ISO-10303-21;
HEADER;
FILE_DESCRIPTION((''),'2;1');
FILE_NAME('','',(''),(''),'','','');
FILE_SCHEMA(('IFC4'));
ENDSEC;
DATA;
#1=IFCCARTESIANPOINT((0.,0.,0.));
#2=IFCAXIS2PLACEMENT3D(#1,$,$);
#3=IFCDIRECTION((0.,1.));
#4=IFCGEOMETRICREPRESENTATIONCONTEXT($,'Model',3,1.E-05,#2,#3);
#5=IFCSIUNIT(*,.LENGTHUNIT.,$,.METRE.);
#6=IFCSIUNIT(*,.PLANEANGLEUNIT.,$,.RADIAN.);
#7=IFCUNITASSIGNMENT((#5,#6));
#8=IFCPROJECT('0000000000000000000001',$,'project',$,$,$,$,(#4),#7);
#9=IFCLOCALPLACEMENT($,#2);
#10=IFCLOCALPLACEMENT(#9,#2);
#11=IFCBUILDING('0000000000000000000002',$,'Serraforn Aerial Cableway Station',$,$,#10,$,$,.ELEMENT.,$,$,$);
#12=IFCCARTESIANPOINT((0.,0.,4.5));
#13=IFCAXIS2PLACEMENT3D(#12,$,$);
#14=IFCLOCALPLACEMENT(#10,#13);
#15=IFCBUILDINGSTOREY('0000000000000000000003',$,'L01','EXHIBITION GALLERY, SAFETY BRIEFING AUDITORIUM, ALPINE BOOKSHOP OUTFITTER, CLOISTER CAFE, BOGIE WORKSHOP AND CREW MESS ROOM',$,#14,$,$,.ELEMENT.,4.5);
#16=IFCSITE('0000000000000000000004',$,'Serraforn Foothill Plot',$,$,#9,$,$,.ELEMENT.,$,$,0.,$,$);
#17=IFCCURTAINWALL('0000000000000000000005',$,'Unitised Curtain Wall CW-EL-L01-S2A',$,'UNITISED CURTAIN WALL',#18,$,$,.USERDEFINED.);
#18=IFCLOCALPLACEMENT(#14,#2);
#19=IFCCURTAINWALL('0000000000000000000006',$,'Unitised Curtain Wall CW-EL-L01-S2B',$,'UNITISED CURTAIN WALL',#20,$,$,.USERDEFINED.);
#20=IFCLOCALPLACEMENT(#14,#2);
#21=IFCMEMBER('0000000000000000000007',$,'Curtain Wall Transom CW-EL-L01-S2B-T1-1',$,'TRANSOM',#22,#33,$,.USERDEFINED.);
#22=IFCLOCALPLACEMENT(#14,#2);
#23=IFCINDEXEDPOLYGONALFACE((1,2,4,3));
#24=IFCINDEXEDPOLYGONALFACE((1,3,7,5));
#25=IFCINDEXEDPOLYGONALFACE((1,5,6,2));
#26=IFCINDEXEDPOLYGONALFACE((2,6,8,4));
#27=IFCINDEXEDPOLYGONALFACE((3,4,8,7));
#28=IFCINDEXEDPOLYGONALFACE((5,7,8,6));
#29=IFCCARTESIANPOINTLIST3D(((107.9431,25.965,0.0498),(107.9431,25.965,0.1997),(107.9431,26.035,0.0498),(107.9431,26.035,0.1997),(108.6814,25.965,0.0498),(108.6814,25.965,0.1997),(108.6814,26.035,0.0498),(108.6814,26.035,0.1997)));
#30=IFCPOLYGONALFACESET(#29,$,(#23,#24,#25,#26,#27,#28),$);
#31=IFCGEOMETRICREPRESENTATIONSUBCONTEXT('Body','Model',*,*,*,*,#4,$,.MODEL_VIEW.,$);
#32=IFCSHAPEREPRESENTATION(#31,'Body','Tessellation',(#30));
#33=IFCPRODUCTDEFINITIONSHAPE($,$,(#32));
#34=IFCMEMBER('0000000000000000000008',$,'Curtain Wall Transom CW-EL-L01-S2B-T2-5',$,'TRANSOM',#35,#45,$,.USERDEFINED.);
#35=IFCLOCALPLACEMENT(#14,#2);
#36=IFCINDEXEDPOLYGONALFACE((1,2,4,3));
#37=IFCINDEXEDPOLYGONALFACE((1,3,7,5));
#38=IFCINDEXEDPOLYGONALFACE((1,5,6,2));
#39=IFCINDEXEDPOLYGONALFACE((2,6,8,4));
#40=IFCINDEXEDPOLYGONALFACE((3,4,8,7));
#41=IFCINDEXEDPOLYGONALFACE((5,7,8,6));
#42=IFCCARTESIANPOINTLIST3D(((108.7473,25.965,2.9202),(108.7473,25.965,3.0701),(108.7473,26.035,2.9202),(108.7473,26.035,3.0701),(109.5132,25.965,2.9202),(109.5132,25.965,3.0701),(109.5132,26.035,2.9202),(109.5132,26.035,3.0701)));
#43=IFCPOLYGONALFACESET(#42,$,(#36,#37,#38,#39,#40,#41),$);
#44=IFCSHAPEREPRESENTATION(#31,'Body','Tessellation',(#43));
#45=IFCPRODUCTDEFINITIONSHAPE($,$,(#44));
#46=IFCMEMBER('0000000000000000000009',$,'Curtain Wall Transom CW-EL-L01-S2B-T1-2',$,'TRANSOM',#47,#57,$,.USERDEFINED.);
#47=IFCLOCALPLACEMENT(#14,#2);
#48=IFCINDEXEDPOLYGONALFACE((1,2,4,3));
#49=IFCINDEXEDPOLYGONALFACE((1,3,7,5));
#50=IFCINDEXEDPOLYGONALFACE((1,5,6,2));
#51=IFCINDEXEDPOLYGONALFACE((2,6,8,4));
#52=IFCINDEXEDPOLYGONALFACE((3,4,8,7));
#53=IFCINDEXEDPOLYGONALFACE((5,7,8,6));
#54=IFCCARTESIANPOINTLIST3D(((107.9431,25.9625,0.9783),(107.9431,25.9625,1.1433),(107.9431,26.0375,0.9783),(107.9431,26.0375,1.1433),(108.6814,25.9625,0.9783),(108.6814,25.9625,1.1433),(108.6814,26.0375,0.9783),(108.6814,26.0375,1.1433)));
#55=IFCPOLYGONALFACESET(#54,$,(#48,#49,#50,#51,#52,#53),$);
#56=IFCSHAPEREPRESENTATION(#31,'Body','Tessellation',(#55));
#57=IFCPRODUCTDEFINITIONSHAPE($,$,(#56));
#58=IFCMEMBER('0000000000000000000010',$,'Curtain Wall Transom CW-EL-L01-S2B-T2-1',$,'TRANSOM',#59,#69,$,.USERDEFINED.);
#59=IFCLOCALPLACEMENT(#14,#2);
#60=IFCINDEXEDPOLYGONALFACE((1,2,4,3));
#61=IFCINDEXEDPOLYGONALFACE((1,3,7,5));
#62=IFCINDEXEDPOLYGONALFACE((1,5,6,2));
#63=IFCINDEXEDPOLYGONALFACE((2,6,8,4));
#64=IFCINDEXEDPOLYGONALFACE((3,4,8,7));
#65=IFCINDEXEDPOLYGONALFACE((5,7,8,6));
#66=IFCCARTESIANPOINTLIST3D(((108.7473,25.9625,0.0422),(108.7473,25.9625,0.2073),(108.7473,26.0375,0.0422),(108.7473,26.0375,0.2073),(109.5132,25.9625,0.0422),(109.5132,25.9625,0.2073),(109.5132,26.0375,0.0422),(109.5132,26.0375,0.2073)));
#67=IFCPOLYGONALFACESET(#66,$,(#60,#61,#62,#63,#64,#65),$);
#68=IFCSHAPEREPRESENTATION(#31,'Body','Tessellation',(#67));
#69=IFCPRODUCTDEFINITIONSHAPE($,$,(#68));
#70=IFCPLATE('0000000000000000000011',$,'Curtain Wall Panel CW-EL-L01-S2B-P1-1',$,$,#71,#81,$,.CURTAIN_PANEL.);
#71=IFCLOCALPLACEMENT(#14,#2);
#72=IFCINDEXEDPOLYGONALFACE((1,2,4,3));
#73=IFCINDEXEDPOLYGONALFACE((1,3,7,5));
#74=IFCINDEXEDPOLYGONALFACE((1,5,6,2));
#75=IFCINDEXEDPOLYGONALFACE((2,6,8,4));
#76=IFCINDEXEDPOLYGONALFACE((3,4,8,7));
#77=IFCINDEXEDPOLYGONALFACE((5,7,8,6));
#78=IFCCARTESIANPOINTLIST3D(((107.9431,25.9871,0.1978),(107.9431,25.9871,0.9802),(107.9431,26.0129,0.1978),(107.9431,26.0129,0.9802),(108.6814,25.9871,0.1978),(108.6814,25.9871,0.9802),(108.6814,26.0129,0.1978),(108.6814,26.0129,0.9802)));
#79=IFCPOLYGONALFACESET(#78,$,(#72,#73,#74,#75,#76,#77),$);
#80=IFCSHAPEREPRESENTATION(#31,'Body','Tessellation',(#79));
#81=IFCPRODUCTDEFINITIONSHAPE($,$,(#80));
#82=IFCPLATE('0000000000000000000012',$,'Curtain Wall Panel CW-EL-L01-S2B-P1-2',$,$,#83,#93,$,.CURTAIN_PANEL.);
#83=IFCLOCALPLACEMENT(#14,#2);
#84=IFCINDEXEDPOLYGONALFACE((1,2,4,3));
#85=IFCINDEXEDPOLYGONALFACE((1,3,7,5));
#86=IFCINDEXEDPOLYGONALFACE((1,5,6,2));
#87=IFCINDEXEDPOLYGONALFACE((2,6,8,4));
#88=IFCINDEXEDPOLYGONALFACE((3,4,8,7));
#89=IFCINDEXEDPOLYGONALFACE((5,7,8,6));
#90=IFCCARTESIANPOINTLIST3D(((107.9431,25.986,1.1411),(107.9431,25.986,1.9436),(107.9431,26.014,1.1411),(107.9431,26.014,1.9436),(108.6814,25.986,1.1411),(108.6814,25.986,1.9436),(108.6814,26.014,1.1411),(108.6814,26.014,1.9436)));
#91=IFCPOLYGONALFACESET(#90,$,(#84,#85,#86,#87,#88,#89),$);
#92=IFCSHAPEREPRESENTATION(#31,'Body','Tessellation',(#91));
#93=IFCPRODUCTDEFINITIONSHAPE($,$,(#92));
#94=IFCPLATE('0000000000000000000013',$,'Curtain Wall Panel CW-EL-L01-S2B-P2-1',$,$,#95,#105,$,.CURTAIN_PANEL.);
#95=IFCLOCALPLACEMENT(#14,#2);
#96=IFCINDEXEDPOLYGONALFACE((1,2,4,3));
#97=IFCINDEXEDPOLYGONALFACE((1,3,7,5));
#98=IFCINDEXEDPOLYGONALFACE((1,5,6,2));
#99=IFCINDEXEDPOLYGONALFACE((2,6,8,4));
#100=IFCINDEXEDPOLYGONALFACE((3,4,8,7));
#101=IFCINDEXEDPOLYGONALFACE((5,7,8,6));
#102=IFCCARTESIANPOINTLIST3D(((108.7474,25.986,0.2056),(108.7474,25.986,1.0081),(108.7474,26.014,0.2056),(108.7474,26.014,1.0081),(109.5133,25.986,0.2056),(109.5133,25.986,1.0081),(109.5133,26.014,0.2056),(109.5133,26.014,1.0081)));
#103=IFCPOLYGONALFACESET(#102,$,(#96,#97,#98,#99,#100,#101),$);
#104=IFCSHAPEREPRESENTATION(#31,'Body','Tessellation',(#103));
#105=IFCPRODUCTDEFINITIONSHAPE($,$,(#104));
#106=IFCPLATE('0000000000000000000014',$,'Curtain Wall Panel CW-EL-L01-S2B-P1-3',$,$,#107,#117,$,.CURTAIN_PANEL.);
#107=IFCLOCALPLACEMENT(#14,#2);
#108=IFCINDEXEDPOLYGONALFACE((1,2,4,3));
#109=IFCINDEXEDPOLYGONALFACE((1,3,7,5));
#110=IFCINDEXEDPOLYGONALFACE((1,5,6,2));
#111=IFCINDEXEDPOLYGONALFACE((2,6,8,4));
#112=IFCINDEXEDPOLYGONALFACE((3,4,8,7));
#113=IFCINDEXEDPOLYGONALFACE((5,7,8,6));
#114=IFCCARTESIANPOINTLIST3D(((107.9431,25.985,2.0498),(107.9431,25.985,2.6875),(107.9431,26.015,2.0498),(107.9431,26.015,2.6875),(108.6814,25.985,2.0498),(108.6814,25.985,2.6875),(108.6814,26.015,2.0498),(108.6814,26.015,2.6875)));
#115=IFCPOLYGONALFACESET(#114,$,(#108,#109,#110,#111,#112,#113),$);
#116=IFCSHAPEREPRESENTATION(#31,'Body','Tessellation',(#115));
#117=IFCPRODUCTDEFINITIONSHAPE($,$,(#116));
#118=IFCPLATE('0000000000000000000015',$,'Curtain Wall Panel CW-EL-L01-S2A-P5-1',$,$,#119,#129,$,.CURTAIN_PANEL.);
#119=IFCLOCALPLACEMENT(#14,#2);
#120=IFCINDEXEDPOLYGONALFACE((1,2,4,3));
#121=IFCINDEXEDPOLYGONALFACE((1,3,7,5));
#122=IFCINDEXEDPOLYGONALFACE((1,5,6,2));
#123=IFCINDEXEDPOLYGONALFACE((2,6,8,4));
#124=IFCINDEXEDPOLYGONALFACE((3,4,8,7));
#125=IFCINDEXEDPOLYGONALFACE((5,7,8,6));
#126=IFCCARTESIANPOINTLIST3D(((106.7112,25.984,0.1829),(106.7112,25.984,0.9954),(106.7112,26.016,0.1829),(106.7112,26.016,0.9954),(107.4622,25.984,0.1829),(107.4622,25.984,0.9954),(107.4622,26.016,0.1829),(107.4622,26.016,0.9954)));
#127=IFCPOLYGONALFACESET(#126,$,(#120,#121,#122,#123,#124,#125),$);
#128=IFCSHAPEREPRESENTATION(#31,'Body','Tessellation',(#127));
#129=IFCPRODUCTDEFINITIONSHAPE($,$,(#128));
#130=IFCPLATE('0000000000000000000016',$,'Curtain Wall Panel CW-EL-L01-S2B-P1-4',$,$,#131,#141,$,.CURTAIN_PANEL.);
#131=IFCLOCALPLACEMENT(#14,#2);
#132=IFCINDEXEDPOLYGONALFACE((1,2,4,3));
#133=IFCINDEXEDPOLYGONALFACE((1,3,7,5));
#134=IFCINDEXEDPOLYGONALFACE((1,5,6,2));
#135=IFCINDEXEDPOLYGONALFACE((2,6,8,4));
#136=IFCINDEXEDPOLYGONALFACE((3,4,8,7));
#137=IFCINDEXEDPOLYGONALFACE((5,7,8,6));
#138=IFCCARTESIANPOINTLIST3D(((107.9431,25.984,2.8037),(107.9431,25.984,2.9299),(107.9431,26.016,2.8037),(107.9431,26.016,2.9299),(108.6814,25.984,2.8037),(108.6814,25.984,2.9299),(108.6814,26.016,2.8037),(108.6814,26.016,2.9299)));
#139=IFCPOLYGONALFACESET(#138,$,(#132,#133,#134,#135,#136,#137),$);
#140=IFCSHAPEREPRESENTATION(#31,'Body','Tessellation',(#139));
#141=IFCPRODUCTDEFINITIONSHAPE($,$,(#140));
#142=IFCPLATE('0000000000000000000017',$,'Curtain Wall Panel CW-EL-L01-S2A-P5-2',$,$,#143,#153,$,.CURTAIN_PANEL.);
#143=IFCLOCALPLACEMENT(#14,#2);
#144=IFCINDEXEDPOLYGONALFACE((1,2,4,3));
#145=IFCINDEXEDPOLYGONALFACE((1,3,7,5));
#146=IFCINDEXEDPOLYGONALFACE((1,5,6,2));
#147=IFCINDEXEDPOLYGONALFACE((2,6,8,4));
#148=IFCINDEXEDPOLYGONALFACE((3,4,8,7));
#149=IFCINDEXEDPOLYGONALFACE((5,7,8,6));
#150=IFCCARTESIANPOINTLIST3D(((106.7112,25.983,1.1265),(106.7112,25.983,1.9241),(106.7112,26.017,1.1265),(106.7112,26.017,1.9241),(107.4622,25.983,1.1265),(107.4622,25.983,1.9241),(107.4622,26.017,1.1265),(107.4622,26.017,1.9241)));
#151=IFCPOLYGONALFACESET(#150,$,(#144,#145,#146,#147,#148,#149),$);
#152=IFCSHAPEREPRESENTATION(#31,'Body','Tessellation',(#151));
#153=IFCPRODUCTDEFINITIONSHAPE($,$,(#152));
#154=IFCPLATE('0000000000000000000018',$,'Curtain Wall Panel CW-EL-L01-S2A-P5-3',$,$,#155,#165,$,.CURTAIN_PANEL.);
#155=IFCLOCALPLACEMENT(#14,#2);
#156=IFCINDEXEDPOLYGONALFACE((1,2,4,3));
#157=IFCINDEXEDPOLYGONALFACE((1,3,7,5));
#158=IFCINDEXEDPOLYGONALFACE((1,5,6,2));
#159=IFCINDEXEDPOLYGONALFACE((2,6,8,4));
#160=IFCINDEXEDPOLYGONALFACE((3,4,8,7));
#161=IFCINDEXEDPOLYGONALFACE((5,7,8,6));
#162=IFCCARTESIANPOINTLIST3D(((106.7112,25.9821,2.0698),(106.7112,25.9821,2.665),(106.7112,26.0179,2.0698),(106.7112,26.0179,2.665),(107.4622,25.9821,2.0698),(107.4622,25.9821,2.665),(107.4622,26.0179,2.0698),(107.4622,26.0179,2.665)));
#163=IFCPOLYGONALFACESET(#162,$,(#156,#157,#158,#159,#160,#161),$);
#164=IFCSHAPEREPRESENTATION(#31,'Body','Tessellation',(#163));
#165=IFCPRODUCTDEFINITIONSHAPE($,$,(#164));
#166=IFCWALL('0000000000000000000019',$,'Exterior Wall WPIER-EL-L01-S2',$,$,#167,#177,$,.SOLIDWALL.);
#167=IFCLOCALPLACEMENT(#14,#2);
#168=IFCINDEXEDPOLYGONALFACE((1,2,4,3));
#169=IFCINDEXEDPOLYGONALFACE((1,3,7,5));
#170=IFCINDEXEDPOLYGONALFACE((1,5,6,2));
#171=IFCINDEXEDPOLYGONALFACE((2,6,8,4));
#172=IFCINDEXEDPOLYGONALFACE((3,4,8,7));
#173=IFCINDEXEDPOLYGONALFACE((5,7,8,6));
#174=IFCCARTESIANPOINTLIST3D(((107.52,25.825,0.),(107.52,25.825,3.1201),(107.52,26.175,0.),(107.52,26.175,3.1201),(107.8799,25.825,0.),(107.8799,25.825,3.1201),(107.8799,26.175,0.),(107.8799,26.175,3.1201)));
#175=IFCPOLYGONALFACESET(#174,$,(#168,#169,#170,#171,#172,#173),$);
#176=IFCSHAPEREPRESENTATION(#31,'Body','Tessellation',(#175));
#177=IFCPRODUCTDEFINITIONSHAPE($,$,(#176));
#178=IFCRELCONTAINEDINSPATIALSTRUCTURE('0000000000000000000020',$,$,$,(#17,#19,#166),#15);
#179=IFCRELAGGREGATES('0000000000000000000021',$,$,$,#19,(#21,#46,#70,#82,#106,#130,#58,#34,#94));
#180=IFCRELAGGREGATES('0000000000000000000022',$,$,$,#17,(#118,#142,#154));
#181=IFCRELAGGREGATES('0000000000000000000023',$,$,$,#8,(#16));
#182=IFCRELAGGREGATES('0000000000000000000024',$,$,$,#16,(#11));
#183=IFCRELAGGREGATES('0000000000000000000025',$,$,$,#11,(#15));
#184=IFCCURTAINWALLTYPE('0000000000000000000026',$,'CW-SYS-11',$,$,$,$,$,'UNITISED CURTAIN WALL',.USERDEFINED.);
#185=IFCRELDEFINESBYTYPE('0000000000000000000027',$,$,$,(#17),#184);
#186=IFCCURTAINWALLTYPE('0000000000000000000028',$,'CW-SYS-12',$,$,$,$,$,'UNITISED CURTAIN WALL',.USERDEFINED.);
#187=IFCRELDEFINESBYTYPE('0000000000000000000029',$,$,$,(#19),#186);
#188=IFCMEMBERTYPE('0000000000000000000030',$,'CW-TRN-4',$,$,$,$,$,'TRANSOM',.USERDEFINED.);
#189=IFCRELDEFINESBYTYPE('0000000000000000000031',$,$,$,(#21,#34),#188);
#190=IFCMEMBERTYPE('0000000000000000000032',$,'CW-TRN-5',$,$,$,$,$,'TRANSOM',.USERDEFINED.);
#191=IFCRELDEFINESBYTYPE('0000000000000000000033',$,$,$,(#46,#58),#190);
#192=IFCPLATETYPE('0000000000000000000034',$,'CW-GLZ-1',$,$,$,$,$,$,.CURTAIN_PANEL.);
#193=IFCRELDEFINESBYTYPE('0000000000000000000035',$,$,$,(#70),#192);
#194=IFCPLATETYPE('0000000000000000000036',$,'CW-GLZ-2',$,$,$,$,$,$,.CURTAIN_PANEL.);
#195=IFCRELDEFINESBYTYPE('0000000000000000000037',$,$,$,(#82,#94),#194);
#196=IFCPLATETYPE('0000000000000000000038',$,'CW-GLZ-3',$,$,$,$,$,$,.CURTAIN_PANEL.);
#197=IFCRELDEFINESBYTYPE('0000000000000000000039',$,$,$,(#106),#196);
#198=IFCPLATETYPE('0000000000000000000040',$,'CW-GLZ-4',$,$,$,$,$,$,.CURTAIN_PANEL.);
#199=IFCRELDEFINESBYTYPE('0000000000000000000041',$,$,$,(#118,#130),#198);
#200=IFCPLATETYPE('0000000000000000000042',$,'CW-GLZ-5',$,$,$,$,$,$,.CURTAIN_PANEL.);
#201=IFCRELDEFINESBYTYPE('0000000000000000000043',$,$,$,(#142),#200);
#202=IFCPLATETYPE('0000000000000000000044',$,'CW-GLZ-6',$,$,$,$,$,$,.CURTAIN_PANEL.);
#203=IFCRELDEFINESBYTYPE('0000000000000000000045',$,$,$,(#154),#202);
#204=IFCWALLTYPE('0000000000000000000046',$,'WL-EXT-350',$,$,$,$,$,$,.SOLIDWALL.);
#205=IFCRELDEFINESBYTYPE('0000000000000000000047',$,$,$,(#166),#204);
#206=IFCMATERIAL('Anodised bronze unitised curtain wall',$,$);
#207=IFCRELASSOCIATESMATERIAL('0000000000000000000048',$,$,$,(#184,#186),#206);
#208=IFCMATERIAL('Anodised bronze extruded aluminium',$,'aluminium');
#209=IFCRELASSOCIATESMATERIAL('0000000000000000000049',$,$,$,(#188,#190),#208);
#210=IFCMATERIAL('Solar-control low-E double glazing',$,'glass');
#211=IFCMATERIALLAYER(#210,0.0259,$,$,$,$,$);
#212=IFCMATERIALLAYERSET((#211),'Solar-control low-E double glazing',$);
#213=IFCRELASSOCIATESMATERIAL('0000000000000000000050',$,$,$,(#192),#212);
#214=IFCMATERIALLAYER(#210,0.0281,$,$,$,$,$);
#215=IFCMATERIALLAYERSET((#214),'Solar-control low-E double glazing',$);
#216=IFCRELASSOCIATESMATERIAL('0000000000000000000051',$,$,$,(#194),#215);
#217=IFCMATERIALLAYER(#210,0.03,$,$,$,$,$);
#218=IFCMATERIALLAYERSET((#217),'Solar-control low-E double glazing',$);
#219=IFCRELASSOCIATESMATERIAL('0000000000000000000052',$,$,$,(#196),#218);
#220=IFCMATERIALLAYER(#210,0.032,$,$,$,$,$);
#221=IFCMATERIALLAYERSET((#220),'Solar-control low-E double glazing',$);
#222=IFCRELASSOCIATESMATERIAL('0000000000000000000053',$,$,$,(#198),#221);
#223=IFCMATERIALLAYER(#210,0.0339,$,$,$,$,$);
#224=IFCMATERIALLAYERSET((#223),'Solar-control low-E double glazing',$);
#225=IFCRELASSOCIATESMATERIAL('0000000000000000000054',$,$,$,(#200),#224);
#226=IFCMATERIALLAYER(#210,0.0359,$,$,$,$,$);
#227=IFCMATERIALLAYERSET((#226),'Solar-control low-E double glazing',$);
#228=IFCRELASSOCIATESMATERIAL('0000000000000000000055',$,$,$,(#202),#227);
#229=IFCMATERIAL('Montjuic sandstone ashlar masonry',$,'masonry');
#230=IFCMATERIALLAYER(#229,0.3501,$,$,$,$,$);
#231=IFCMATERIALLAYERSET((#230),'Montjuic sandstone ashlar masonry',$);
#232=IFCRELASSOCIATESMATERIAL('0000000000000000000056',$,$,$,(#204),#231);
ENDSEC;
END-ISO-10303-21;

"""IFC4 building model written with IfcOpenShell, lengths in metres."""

from ifc_helpers import new_model, si_unit, direction, frame, frame_2d, origin, origin_2d, place, context, subcontext, project, spatial, rectangle, extrude, material, layer, layer_set, material_profile, profile_set, type_object, element, aggregate, save


model = new_model("IFC4")

# Units and contexts
model_context = context("Model", 3, precision=1e-05, world=origin(), true_north=direction((0.0, 1.0)))
body_context = subcontext(model_context, "Body", "Model", "MODEL_VIEW")
ifc_project = project(units=[si_unit("LENGTHUNIT", "METRE"), si_unit("PLANEANGLEUNIT", "RADIAN")], contexts=[model_context])

# Site, building, storey
site_placement = place(None, origin())
site = spatial("IfcSite", under=ifc_project, at=site_placement, Name="Serraforn Foothill Plot", CompositionType="ELEMENT", RefElevation=0.0)
building_placement = place(site_placement, origin())
building = spatial("IfcBuilding", under=site, at=building_placement, Name="Serraforn Aerial Cableway Station", CompositionType="ELEMENT")
storey_placement = place(building_placement, frame((0.0, 0.0, 4.5)))
storey = spatial("IfcBuildingStorey", under=building, at=storey_placement, Name="L01", Description="EXHIBITION GALLERY, SAFETY BRIEFING AUDITORIUM, ALPINE BOOKSHOP OUTFITTER, CLOISTER CAFE, BOGIE WORKSHOP AND CREW MESS ROOM", CompositionType="ELEMENT", Elevation=4.5)

# Curtain wall
ifc_material_1 = material(Name="Anodised bronze unitised curtain wall")
curtain_wall_type_1 = type_object("IfcCurtainWallType", Name="CW-SYS-11", ElementType="UNITISED CURTAIN WALL", PredefinedType="USERDEFINED", material=ifc_material_1)
curtain_wall_1_placement = place(storey_placement, origin())
curtain_wall_1 = element("IfcCurtainWall", 1, at=curtain_wall_1_placement, inside=storey, type_object=curtain_wall_type_1, Name="Unitised Curtain Wall CW-EL-L01-S2A", ObjectType="UNITISED CURTAIN WALL", PredefinedType="USERDEFINED")
ifc_material_2 = material(Name="Anodised bronze extruded aluminium", Category="aluminium")

# Curtain wall, members, plates
curtain_wall_type_2 = type_object("IfcCurtainWallType", Name="CW-SYS-12", ElementType="UNITISED CURTAIN WALL", PredefinedType="USERDEFINED", material=ifc_material_1)
curtain_wall_2_placement = place(storey_placement, origin())
curtain_wall_2 = element("IfcCurtainWall", 2, at=curtain_wall_2_placement, inside=storey, type_object=curtain_wall_type_2, Name="Unitised Curtain Wall CW-EL-L01-S2B", ObjectType="UNITISED CURTAIN WALL", PredefinedType="USERDEFINED")
ifc_material_profile_1 = material_profile(ifc_material_2, rectangle(XDim=0.0701, YDim=0.1499, at=origin_2d()), Name="CW TRANSOM 70x150")
ifc_profile_set_1 = profile_set([ifc_material_profile_1], Name="Anodised bronze extruded aluminium")
member_type_1 = type_object("IfcMemberType", Name="CW-TRN-4", ElementType="TRANSOM", PredefinedType="USERDEFINED", material=ifc_profile_set_1)
member_1_placement = place(storey_placement, frame((107.9431, 26.0, 0.1248), z_axis=(1.0, 0.0, 0.0), x_axis=(0.0, 1.0, 0.0)))
member_1 = element("IfcMember", 3, at=member_1_placement, type_object=member_type_1, Name="Curtain Wall Transom CW-EL-L01-S2B-T1-1", ObjectType="TRANSOM", PredefinedType="USERDEFINED", context=body_context, shape_type="SweptSolid", body=[
    extrude(rectangle(XDim=0.0701, YDim=0.1499, at=origin_2d()), origin(), (0.0, 0.0, 1.0), 0.7383),
])
member_2_placement = place(storey_placement, frame((108.7473, 26.0, 2.9951), z_axis=(1.0, 0.0, 0.0), x_axis=(0.0, 1.0, 0.0)))
member_2 = element("IfcMember", 4, at=member_2_placement, type_object=member_type_1, Name="Curtain Wall Transom CW-EL-L01-S2B-T2-5", ObjectType="TRANSOM", PredefinedType="USERDEFINED", context=body_context, shape_type="SweptSolid", body=[
    extrude(rectangle(XDim=0.0701, YDim=0.1499, at=origin_2d()), origin(), (0.0, 0.0, 1.0), 0.7659),
])
ifc_material_profile_2 = material_profile(ifc_material_2, rectangle(XDim=0.075, YDim=0.165, at=origin_2d()), Name="CW TRANSOM 75x165")
ifc_profile_set_2 = profile_set([ifc_material_profile_2], Name="Anodised bronze extruded aluminium")
member_type_2 = type_object("IfcMemberType", Name="CW-TRN-5", ElementType="TRANSOM", PredefinedType="USERDEFINED", material=ifc_profile_set_2)
member_3_placement = place(storey_placement, frame((107.9431, 26.0, 1.0608), z_axis=(1.0, 0.0, 0.0), x_axis=(0.0, 1.0, 0.0)))
member_3 = element("IfcMember", 5, at=member_3_placement, type_object=member_type_2, Name="Curtain Wall Transom CW-EL-L01-S2B-T1-2", ObjectType="TRANSOM", PredefinedType="USERDEFINED", context=body_context, shape_type="SweptSolid", body=[
    extrude(rectangle(XDim=0.075, YDim=0.165, at=origin_2d()), origin(), (0.0, 0.0, 1.0), 0.7383),
])
member_4_placement = place(storey_placement, frame((108.7473, 26.0, 0.1248), z_axis=(1.0, 0.0, 0.0), x_axis=(0.0, 1.0, 0.0)))
member_4 = element("IfcMember", 6, at=member_4_placement, type_object=member_type_2, Name="Curtain Wall Transom CW-EL-L01-S2B-T2-1", ObjectType="TRANSOM", PredefinedType="USERDEFINED", context=body_context, shape_type="SweptSolid", body=[
    extrude(rectangle(XDim=0.075, YDim=0.165, at=origin_2d()), origin(), (0.0, 0.0, 1.0), 0.7659),
])
ifc_material_3 = material(Name="Solar-control low-E double glazing", Category="glass")
ifc_layer_1 = layer(ifc_material_3, 0.0259)
ifc_layer_set_1 = layer_set([ifc_layer_1], Name="Solar-control low-E double glazing")
plate_type_1 = type_object("IfcPlateType", Name="CW-GLZ-1", PredefinedType="CURTAIN_PANEL", material=ifc_layer_set_1)
plate_1_placement = place(storey_placement, frame((108.3123, 26.0, 0.1978), z_axis=(0.0, 0.0, 1.0), x_axis=(1.0, 0.0, 0.0)))
plate_1 = element("IfcPlate", 7, at=plate_1_placement, type_object=plate_type_1, Name="Curtain Wall Panel CW-EL-L01-S2B-P1-1", PredefinedType="CURTAIN_PANEL", context=body_context, shape_type="SweptSolid", body=[
    extrude(rectangle(XDim=0.7383, YDim=0.0259, at=origin_2d()), origin(), (0.0, 0.0, 1.0), 0.7825),
])
ifc_layer_2 = layer(ifc_material_3, 0.0281)
ifc_layer_set_2 = layer_set([ifc_layer_2], Name="Solar-control low-E double glazing")
plate_type_2 = type_object("IfcPlateType", Name="CW-GLZ-2", PredefinedType="CURTAIN_PANEL", material=ifc_layer_set_2)
plate_2_placement = place(storey_placement, frame((108.3123, 26.0, 1.1411), z_axis=(0.0, 0.0, 1.0), x_axis=(1.0, 0.0, 0.0)))
plate_2 = element("IfcPlate", 8, at=plate_2_placement, type_object=plate_type_2, Name="Curtain Wall Panel CW-EL-L01-S2B-P1-2", PredefinedType="CURTAIN_PANEL", context=body_context, shape_type="SweptSolid", body=[
    extrude(rectangle(XDim=0.7383, YDim=0.0281, at=origin_2d()), origin(), (0.0, 0.0, 1.0), 0.8025),
])
plate_3_placement = place(storey_placement, frame((109.1304, 26.0, 0.2056), z_axis=(0.0, 0.0, 1.0), x_axis=(1.0, 0.0, 0.0)))
plate_3 = element("IfcPlate", 9, at=plate_3_placement, type_object=plate_type_2, Name="Curtain Wall Panel CW-EL-L01-S2B-P2-1", PredefinedType="CURTAIN_PANEL", context=body_context, shape_type="SweptSolid", body=[
    extrude(rectangle(XDim=0.7659, YDim=0.0281, at=origin_2d()), origin(), (0.0, 0.0, 1.0), 0.8025),
])
ifc_layer_3 = layer(ifc_material_3, 0.03)
ifc_layer_set_3 = layer_set([ifc_layer_3], Name="Solar-control low-E double glazing")
plate_type_3 = type_object("IfcPlateType", Name="CW-GLZ-3", PredefinedType="CURTAIN_PANEL", material=ifc_layer_set_3)
plate_4_placement = place(storey_placement, frame((108.3123, 26.0, 2.0498), z_axis=(0.0, 0.0, 1.0), x_axis=(1.0, 0.0, 0.0)))
plate_4 = element("IfcPlate", 10, at=plate_4_placement, type_object=plate_type_3, Name="Curtain Wall Panel CW-EL-L01-S2B-P1-3", PredefinedType="CURTAIN_PANEL", context=body_context, shape_type="SweptSolid", body=[
    extrude(rectangle(XDim=0.7383, YDim=0.03, at=origin_2d()), origin(), (0.0, 0.0, 1.0), 0.6377),
])

# Plates
ifc_layer_4 = layer(ifc_material_3, 0.032)
ifc_layer_set_4 = layer_set([ifc_layer_4], Name="Solar-control low-E double glazing")
plate_type_4 = type_object("IfcPlateType", Name="CW-GLZ-4", PredefinedType="CURTAIN_PANEL", material=ifc_layer_set_4)
plate_5_placement = place(storey_placement, frame((107.0867, 26.0, 0.1829), z_axis=(0.0, 0.0, 1.0), x_axis=(1.0, 0.0, 0.0)))
plate_5 = element("IfcPlate", 11, at=plate_5_placement, type_object=plate_type_4, Name="Curtain Wall Panel CW-EL-L01-S2A-P5-1", PredefinedType="CURTAIN_PANEL", context=body_context, shape_type="SweptSolid", body=[
    extrude(rectangle(XDim=0.751, YDim=0.032, at=origin_2d()), origin(), (0.0, 0.0, 1.0), 0.8125),
])
plate_6_placement = place(storey_placement, frame((108.3123, 26.0, 2.8037), z_axis=(0.0, 0.0, 1.0), x_axis=(1.0, 0.0, 0.0)))
plate_6 = element("IfcPlate", 12, at=plate_6_placement, type_object=plate_type_4, Name="Curtain Wall Panel CW-EL-L01-S2B-P1-4", PredefinedType="CURTAIN_PANEL", context=body_context, shape_type="SweptSolid", body=[
    extrude(rectangle(XDim=0.7383, YDim=0.032, at=origin_2d()), origin(), (0.0, 0.0, 1.0), 0.1262),
])
aggregate(curtain_wall_2, [member_1, member_3, plate_1, plate_2, plate_4, plate_6, member_4, member_2, plate_3])
ifc_layer_5 = layer(ifc_material_3, 0.0339)
ifc_layer_set_5 = layer_set([ifc_layer_5], Name="Solar-control low-E double glazing")
plate_type_5 = type_object("IfcPlateType", Name="CW-GLZ-5", PredefinedType="CURTAIN_PANEL", material=ifc_layer_set_5)
plate_7_placement = place(storey_placement, frame((107.0867, 26.0, 1.1265), z_axis=(0.0, 0.0, 1.0), x_axis=(1.0, 0.0, 0.0)))
plate_7 = element("IfcPlate", 13, at=plate_7_placement, type_object=plate_type_5, Name="Curtain Wall Panel CW-EL-L01-S2A-P5-2", PredefinedType="CURTAIN_PANEL", context=body_context, shape_type="SweptSolid", body=[
    extrude(rectangle(XDim=0.751, YDim=0.0339, at=origin_2d()), origin(), (0.0, 0.0, 1.0), 0.7976),
])
ifc_layer_6 = layer(ifc_material_3, 0.0359)
ifc_layer_set_6 = layer_set([ifc_layer_6], Name="Solar-control low-E double glazing")
plate_type_6 = type_object("IfcPlateType", Name="CW-GLZ-6", PredefinedType="CURTAIN_PANEL", material=ifc_layer_set_6)
plate_8_placement = place(storey_placement, frame((107.0867, 26.0, 2.0698), z_axis=(0.0, 0.0, 1.0), x_axis=(1.0, 0.0, 0.0)))
plate_8 = element("IfcPlate", 14, at=plate_8_placement, type_object=plate_type_6, Name="Curtain Wall Panel CW-EL-L01-S2A-P5-3", PredefinedType="CURTAIN_PANEL", context=body_context, shape_type="SweptSolid", body=[
    extrude(rectangle(XDim=0.751, YDim=0.0359, at=origin_2d()), origin(), (0.0, 0.0, 1.0), 0.5952),
])
aggregate(curtain_wall_1, [plate_5, plate_7, plate_8])

# Wall
ifc_material_4 = material(Name="Montjuic sandstone ashlar masonry", Category="masonry")
ifc_layer_7 = layer(ifc_material_4, 0.3501)
ifc_layer_set_7 = layer_set([ifc_layer_7], Name="Montjuic sandstone ashlar masonry")
wall_type = type_object("IfcWallType", Name="WL-EXT-350", PredefinedType="SOLIDWALL", material=ifc_layer_set_7)
wall_placement = place(storey_placement, frame((107.52, 26.0, 0.0), z_axis=(0.0, 0.0, 1.0), x_axis=(1.0, 0.0, 0.0)))
element("IfcWall", 15, at=wall_placement, inside=storey, type_object=wall_type, Name="Exterior Wall WPIER-EL-L01-S2", PredefinedType="SOLIDWALL", context=body_context, shape_type="SweptSolid", body=[
    extrude(rectangle(XDim=0.3599, YDim=0.3501, at=frame_2d((0.1799, 0.0))), origin(), (0.0, 0.0, 1.0), 3.1201),
])

save(model, "model.ifc")
